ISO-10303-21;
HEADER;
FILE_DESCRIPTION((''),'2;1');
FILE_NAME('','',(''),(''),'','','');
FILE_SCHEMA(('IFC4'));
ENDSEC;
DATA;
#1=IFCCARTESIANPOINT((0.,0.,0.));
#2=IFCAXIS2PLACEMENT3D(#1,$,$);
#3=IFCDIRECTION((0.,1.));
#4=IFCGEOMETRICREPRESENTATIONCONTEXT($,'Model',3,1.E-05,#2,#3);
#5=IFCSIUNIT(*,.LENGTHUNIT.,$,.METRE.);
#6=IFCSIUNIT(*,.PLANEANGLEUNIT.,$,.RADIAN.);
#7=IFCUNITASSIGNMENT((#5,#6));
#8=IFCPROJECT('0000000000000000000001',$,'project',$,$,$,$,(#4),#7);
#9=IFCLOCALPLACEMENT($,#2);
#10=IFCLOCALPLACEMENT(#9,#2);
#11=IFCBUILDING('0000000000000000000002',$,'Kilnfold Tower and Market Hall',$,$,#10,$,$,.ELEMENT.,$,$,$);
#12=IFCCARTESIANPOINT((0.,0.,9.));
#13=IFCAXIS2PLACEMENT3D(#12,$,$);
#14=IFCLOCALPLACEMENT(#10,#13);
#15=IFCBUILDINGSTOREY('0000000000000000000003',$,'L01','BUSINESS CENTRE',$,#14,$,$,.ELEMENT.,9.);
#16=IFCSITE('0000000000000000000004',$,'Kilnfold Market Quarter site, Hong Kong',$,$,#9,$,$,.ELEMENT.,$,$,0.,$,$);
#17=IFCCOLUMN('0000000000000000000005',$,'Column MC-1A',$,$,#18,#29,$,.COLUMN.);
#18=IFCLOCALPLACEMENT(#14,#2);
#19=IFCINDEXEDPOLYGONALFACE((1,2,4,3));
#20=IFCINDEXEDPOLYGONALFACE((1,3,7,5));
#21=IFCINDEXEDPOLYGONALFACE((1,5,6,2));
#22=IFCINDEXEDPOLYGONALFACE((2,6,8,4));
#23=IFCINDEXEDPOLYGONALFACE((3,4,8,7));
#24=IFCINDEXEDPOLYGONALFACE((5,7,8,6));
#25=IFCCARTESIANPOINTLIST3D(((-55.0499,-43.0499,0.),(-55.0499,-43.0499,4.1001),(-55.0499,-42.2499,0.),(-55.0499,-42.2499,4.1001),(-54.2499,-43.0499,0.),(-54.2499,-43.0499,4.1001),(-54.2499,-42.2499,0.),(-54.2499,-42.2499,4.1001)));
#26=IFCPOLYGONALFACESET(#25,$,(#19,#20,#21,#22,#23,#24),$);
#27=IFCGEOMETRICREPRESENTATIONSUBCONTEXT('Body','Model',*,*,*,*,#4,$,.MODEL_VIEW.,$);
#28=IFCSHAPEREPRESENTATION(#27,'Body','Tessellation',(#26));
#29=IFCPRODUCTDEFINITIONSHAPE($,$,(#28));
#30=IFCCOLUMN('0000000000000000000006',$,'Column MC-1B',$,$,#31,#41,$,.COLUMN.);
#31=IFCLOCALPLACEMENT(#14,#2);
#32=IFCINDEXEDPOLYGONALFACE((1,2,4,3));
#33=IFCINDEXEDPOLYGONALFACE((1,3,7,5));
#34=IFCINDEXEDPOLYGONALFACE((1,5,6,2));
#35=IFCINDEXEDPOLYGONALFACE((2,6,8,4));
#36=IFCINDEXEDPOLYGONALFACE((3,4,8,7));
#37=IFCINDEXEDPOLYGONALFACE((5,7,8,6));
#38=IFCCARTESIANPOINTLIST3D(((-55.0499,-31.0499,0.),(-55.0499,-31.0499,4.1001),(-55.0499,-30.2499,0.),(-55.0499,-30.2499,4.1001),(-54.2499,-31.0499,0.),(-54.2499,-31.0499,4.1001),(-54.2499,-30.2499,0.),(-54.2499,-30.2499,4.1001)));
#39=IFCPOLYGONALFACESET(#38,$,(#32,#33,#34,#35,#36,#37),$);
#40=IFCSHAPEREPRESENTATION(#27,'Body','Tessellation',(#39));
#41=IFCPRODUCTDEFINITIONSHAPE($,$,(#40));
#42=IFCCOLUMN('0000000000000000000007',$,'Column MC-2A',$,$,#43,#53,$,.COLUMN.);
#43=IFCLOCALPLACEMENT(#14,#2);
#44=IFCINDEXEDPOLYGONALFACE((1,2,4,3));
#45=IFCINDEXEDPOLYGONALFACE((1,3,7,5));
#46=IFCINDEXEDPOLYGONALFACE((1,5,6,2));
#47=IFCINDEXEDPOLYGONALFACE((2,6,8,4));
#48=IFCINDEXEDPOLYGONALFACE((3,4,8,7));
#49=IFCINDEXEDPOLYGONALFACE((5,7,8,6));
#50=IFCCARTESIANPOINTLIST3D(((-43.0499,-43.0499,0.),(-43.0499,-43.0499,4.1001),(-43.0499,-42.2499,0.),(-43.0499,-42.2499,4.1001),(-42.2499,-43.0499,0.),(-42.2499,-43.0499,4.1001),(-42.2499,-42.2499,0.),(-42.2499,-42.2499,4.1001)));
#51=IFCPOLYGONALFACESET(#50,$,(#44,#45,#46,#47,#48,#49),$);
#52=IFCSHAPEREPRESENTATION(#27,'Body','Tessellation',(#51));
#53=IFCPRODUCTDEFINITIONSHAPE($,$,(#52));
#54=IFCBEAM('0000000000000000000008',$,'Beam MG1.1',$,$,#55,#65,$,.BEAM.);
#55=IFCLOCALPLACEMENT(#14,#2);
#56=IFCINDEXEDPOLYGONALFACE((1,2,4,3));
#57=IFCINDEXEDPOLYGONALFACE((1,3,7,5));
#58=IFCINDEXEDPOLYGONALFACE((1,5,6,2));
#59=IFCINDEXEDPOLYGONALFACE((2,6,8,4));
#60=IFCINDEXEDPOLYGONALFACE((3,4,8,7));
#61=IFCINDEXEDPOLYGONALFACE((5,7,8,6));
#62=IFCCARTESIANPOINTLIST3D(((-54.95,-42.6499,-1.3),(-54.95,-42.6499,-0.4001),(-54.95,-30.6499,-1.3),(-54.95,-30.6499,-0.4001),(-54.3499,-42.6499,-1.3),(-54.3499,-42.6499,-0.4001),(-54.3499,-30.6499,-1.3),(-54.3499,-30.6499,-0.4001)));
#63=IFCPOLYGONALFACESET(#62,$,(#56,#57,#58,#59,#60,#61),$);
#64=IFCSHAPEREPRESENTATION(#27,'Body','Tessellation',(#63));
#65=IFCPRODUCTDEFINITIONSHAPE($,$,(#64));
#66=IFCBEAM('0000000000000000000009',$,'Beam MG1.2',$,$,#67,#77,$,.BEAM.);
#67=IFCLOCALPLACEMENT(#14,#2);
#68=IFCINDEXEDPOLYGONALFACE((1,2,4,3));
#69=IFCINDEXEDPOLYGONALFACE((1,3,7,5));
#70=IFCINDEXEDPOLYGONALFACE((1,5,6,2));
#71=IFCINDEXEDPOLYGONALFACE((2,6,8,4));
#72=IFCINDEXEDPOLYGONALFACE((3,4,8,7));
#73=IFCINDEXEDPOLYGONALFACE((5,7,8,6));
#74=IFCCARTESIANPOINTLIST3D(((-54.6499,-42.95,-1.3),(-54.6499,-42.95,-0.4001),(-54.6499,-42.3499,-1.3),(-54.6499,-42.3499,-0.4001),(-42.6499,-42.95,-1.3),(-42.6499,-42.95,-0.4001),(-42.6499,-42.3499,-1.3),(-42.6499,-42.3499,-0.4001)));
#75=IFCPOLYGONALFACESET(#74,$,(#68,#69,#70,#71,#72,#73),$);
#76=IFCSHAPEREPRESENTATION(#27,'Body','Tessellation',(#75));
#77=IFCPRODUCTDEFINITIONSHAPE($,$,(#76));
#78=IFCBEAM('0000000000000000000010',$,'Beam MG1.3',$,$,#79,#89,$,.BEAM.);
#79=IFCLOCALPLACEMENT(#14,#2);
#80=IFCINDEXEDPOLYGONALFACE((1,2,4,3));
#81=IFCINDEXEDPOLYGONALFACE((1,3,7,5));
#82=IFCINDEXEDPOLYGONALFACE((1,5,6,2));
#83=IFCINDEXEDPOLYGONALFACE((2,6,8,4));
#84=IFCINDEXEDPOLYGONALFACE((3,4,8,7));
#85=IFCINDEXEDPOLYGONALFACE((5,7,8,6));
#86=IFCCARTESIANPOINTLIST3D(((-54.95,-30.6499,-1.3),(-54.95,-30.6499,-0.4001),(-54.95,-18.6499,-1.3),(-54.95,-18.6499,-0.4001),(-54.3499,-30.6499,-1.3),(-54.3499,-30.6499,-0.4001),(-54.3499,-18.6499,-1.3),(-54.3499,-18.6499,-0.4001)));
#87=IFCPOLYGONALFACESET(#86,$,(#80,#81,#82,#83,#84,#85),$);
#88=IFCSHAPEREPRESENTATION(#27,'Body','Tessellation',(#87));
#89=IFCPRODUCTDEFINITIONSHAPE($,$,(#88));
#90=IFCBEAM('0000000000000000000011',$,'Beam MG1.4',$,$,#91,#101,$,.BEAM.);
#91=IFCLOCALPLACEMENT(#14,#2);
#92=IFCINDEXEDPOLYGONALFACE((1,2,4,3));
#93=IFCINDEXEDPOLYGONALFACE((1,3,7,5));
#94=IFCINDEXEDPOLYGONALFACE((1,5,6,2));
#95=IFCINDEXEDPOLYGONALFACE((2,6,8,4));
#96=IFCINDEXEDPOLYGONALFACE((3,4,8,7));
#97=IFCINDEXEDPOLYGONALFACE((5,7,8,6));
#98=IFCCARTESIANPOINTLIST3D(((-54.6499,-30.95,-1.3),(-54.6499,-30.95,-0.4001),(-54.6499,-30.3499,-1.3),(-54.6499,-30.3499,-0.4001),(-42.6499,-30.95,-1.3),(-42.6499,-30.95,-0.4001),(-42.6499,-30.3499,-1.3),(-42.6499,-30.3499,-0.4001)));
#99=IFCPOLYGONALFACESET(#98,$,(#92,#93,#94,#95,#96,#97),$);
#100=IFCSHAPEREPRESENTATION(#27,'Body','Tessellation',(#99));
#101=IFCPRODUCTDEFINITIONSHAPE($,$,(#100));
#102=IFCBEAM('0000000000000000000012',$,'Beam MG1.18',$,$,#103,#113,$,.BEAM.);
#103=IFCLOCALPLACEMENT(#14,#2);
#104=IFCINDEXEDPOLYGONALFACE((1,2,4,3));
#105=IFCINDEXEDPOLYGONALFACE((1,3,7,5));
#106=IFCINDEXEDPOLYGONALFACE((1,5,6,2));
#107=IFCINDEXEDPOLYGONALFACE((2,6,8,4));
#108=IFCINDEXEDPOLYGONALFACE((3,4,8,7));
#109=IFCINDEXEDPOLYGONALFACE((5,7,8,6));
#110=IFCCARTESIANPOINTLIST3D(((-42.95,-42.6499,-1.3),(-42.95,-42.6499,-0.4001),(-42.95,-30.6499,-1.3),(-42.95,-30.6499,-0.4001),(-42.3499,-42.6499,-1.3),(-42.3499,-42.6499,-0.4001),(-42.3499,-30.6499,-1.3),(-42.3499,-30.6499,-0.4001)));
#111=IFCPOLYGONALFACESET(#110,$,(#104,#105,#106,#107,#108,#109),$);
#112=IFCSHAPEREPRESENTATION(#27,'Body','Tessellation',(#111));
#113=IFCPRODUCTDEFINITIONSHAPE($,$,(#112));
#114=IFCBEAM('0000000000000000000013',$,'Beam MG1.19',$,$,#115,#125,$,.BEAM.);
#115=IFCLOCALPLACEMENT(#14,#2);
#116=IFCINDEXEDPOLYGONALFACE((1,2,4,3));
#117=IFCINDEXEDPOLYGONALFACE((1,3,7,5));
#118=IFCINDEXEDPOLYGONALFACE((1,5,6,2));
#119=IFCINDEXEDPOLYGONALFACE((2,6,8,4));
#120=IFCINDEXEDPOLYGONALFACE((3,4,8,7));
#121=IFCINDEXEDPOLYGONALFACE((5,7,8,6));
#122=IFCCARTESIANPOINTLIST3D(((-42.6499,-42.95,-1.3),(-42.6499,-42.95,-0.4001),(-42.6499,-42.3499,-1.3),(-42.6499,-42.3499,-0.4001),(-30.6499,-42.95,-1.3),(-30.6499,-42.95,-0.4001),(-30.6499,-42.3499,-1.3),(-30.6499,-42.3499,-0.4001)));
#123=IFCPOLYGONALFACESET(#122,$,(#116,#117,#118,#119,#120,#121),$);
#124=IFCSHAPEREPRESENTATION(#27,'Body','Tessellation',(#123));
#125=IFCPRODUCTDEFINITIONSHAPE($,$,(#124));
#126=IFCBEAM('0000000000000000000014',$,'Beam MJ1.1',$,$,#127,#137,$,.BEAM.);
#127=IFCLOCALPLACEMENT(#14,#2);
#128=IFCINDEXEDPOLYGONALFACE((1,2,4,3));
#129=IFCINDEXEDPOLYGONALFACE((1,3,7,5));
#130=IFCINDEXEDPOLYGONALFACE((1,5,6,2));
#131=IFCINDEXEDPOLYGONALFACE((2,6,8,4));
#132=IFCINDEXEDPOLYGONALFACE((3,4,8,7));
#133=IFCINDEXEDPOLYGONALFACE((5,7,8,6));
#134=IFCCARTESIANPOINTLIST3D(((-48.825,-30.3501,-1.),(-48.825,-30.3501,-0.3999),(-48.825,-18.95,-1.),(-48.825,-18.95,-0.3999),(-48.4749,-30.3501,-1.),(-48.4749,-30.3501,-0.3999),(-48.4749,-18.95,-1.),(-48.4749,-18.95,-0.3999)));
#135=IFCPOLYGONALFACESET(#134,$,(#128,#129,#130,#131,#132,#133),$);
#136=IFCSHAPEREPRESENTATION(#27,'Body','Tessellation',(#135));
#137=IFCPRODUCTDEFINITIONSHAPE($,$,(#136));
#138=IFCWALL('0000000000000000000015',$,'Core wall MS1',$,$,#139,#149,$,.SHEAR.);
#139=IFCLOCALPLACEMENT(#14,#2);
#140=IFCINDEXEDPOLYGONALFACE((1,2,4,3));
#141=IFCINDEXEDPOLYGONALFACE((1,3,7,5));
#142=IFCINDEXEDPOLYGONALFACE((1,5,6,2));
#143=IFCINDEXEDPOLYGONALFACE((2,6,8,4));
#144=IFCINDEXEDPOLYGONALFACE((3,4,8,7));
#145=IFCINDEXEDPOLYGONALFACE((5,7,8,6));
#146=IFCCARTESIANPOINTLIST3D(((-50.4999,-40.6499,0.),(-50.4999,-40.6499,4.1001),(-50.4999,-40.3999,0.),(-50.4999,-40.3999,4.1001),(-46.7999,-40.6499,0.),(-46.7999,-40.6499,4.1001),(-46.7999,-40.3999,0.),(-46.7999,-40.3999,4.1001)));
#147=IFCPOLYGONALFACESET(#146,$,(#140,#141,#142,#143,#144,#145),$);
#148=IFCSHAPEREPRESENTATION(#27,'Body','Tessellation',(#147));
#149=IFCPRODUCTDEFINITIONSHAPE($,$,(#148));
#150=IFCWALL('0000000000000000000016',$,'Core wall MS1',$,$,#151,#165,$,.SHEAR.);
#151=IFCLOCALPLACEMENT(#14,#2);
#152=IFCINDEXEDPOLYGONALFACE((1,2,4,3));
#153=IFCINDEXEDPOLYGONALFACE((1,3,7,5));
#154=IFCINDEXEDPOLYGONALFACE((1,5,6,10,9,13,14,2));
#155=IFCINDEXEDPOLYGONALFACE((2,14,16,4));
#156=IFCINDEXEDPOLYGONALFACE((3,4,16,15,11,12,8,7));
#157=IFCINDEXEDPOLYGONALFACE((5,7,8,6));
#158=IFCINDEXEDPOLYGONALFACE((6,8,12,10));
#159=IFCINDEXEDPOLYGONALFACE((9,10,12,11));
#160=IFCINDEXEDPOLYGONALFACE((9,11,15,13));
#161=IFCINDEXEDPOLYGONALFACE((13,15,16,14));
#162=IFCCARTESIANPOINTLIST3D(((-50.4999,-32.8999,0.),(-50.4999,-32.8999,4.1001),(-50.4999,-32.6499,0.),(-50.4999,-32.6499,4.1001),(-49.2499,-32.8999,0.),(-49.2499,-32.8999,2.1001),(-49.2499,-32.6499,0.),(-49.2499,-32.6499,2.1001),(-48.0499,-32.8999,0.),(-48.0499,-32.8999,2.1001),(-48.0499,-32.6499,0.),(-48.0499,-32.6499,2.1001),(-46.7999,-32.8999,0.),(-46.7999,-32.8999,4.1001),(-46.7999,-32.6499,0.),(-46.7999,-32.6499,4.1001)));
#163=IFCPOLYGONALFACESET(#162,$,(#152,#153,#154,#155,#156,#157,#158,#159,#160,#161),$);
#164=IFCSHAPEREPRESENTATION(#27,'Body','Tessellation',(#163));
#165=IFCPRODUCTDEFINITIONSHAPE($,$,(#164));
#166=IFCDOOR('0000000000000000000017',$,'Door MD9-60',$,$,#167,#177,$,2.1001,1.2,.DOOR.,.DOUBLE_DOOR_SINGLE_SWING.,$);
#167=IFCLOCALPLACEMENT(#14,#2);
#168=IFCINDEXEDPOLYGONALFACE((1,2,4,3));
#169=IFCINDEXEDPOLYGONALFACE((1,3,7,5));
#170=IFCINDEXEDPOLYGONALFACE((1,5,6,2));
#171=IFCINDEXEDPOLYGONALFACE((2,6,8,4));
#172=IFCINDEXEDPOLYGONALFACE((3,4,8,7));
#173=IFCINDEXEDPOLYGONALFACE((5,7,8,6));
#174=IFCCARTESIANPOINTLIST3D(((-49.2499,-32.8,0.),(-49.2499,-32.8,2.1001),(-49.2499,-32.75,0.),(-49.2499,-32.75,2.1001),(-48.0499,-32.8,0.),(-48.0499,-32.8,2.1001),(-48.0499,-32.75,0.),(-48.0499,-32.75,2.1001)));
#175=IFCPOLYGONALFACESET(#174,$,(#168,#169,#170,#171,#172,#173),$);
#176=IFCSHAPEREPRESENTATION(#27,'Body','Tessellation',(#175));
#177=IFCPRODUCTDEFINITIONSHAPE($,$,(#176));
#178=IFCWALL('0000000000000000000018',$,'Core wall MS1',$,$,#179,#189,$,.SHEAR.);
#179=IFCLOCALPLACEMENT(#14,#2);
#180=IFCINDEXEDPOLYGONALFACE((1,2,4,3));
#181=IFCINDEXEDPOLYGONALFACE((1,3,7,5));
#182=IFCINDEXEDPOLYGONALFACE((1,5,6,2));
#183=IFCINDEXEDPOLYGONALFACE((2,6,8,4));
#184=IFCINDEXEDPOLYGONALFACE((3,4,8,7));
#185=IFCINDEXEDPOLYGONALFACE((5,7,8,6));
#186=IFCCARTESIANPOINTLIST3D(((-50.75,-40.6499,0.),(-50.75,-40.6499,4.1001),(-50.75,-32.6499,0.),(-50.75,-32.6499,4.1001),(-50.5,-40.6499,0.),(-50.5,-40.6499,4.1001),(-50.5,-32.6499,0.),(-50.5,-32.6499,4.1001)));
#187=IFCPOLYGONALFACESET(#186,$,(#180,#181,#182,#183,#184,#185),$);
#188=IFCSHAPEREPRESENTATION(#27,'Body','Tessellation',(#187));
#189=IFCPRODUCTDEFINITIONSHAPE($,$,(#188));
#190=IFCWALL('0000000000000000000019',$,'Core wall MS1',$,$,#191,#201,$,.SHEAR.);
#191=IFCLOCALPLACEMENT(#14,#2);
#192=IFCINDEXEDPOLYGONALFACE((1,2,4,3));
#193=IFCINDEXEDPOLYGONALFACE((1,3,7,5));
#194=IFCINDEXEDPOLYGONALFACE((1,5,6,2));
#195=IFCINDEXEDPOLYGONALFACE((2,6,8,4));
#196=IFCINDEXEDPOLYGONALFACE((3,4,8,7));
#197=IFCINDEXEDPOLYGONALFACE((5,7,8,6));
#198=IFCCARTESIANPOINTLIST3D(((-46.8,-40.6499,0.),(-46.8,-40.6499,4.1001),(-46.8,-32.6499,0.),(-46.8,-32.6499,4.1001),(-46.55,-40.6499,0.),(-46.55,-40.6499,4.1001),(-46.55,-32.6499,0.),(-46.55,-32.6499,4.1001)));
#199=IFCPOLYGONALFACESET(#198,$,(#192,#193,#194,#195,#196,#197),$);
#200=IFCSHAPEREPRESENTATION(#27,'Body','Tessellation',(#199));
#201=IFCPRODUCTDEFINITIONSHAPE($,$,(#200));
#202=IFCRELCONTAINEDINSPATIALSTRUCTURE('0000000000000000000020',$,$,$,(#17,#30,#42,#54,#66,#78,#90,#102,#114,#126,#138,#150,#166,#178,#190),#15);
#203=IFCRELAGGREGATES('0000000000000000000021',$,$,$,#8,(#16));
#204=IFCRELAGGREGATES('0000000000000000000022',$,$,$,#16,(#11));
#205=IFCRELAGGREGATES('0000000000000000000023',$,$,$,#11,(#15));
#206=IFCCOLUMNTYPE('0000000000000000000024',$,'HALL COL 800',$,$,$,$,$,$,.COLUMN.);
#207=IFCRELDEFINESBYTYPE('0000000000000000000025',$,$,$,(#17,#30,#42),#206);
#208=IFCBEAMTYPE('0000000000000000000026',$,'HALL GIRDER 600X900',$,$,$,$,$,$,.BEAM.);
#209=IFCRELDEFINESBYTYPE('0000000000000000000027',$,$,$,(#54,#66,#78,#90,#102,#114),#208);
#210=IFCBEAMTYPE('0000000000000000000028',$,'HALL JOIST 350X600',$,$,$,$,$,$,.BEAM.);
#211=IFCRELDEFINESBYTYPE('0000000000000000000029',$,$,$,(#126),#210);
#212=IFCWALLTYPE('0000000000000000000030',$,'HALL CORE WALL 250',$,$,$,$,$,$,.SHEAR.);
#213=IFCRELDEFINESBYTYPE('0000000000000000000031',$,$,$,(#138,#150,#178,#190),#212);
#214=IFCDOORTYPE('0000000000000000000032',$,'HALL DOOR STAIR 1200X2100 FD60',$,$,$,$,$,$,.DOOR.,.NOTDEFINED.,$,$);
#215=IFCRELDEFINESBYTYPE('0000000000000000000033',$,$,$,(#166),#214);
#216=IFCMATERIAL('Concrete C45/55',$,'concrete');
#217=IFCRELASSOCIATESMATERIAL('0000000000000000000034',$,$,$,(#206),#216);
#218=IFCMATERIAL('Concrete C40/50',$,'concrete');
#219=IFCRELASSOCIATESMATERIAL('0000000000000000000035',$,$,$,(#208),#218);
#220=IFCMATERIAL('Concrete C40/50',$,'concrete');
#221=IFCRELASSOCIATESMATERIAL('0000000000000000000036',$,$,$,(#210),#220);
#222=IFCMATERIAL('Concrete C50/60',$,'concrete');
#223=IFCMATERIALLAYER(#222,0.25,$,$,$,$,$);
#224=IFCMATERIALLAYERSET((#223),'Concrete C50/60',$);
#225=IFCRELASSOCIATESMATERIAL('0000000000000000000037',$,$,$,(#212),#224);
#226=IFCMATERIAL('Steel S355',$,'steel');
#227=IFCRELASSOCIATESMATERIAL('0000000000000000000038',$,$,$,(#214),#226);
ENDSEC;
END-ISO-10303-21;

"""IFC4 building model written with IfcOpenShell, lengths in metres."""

from ifc_helpers import new_model, si_unit, direction, frame, frame_2d, origin, origin_2d, place, context, subcontext, project, spatial, rectangle, extrude, source, transform, mapped, material, layer, layer_set, material_profile, profile_set, type_object, element, fill, save


model = new_model("IFC4")

# Units and contexts
model_context = context("Model", 3, precision=1e-05, world=origin(), true_north=direction((0.0, 1.0)))
body_context = subcontext(model_context, "Body", "Model", "MODEL_VIEW")
ifc_project = project(units=[si_unit("LENGTHUNIT", "METRE"), si_unit("PLANEANGLEUNIT", "RADIAN")], contexts=[model_context])

# Site, building, storey
site_placement = place(None, origin())
site = spatial("IfcSite", under=ifc_project, at=site_placement, Name="Kilnfold Market Quarter site, Hong Kong", CompositionType="ELEMENT", RefElevation=0.0)
building_placement = place(site_placement, origin())
building = spatial("IfcBuilding", under=site, at=building_placement, Name="Kilnfold Tower and Market Hall", CompositionType="ELEMENT")
storey_placement = place(building_placement, frame((0.0, 0.0, 9.0)))
storey = spatial("IfcBuildingStorey", under=building, at=storey_placement, Name="L01", Description="BUSINESS CENTRE", CompositionType="ELEMENT", Elevation=9.0)

# Columns
ifc_material_1 = material(Name="Concrete C45/55", Category="concrete")
ifc_material_profile_1 = material_profile(ifc_material_1, rectangle(XDim=0.8, YDim=0.8, at=origin_2d()), Name="RC 800x800")
ifc_profile_set_1 = profile_set([ifc_material_profile_1], Name="Concrete C45/55")
column_type = type_object("IfcColumnType", Name="HALL COL 800", PredefinedType="COLUMN", material=ifc_profile_set_1)
shared_shape_1 = source(origin(), body_context, "Body", "SweptSolid", [
    extrude(rectangle(XDim=0.8, YDim=0.8, at=origin_2d()), origin(), (0.0, 0.0, 1.0), 4.1001),
])
for number, where, z_axis, x_axis, name in (
    (1, (-54.6499, -42.6499, 0.0), (0.0, 0.0, 1.0), (1.0, 0.0, 0.0), "Column MC-1A"),
    (2, (-54.6499, -30.6499, 0.0), (0.0, 0.0, 1.0), (1.0, 0.0, 0.0), "Column MC-1B"),
    (3, (-42.6499, -42.6499, 0.0), (0.0, 0.0, 1.0), (1.0, 0.0, 0.0), "Column MC-2A"),
):
    element("IfcColumn", number, at=place(storey_placement, frame(where, z_axis=z_axis, x_axis=x_axis)), inside=storey, type_object=column_type, Name=name, PredefinedType="COLUMN", context=body_context, shape_type="MappedRepresentation", body=[
        mapped(shared_shape_1, transform((0.0, 0.0, 0.0))),
    ])

# Beams
ifc_material_2 = material(Name="Concrete C40/50", Category="concrete")
ifc_material_profile_2 = material_profile(ifc_material_2, rectangle(XDim=0.6001, YDim=0.8999, at=origin_2d()), Name="RC 600x900")
ifc_profile_set_2 = profile_set([ifc_material_profile_2], Name="Concrete C40/50")
beam_type_1 = type_object("IfcBeamType", Name="HALL GIRDER 600X900", PredefinedType="BEAM", material=ifc_profile_set_2)
for number, where, z_axis, x_axis, name in (
    (4, (-54.6499, -42.6499, -0.8501), (0.0, 1.0, 0.0), (-1.0, 0.0, 0.0), "Beam MG1.1"),
    (5, (-54.6499, -42.6499, -0.8501), (1.0, 0.0, 0.0), (0.0, 1.0, 0.0), "Beam MG1.2"),
    (6, (-54.6499, -30.6499, -0.8501), (0.0, 1.0, 0.0), (-1.0, 0.0, 0.0), "Beam MG1.3"),
    (7, (-54.6499, -30.6499, -0.8501), (1.0, 0.0, 0.0), (0.0, 1.0, 0.0), "Beam MG1.4"),
    (8, (-42.6499, -42.6499, -0.8501), (0.0, 1.0, 0.0), (-1.0, 0.0, 0.0), "Beam MG1.18"),
    (9, (-42.6499, -42.6499, -0.8501), (1.0, 0.0, 0.0), (0.0, 1.0, 0.0), "Beam MG1.19"),
):
    element("IfcBeam", number, at=place(storey_placement, frame(where, z_axis=z_axis, x_axis=x_axis)), inside=storey, type_object=beam_type_1, Name=name, PredefinedType="BEAM", context=body_context, shape_type="SweptSolid", body=[
        extrude(rectangle(XDim=0.6001, YDim=0.8999, at=origin_2d()), origin(), (0.0, 0.0, 1.0), 12.0),
    ])
ifc_material_3 = material(Name="Concrete C40/50", Category="concrete")
ifc_material_profile_3 = material_profile(ifc_material_3, rectangle(XDim=0.3501, YDim=0.6001, at=origin_2d()), Name="RC 350x600")
ifc_profile_set_3 = profile_set([ifc_material_profile_3], Name="Concrete C40/50")
beam_type_2 = type_object("IfcBeamType", Name="HALL JOIST 350X600", PredefinedType="BEAM", material=ifc_profile_set_3)
beam_placement = place(storey_placement, frame((-48.6499, -30.3501, -0.7), z_axis=(0.0, 1.0, 0.0), x_axis=(-1.0, 0.0, 0.0)))
element("IfcBeam", 10, at=beam_placement, inside=storey, type_object=beam_type_2, Name="Beam MJ1.1", PredefinedType="BEAM", context=body_context, shape_type="SweptSolid", body=[
    extrude(rectangle(XDim=0.3501, YDim=0.6001, at=origin_2d()), origin(), (0.0, 0.0, 1.0), 11.4001),
])

# Wall
ifc_material_4 = material(Name="Concrete C50/60", Category="concrete")
ifc_layer_1 = layer(ifc_material_4, 0.25)
ifc_layer_set_1 = layer_set([ifc_layer_1], Name="Concrete C50/60")
wall_type_1 = type_object("IfcWallType", Name="HALL CORE WALL 250", PredefinedType="SHEAR", material=ifc_layer_set_1)
shared_shape_2 = source(origin(), body_context, "Body", "SweptSolid", [
    extrude(rectangle(XDim=3.7, YDim=0.25, at=frame_2d((1.8501, 0.0))), origin(), (0.0, 0.0, 1.0), 4.1001),
])
wall_1_placement = place(storey_placement, frame((-50.5, -40.5249, 0.0), z_axis=(0.0, 0.0, 1.0), x_axis=(1.0, 0.0, 0.0)))
element("IfcWall", 11, at=wall_1_placement, inside=storey, type_object=wall_type_1, Name="Core wall MS1", PredefinedType="SHEAR", context=body_context, shape_type="MappedRepresentation", body=[
    mapped(shared_shape_2, transform((0.0, 0.0, 0.0))),
])

# Wall, opening, door
wall_2_placement = place(storey_placement, frame((-50.5, -32.7749, 0.0), z_axis=(0.0, 0.0, 1.0), x_axis=(1.0, 0.0, 0.0)))
wall_2 = element("IfcWall", 12, at=wall_2_placement, inside=storey, type_object=wall_type_1, Name="Core wall MS1", PredefinedType="SHEAR", context=body_context, shape_type="MappedRepresentation", body=[
    mapped(shared_shape_2, transform((0.0, 0.0, 0.0))),
])
opening_1_placement = place(wall_2_placement, frame((1.25, 0.0, 0.0)))
opening_1 = element("IfcOpeningElement", 13, at=opening_1_placement, cuts=wall_2, PredefinedType="OPENING", context=body_context, shape_type="SweptSolid", body=[
    extrude(rectangle(XDim=1.2, YDim=2.1001, at=frame_2d((0.6001, 1.05))), frame((0.0, 0.135, 0.0), z_axis=(0.0, -1.0, 0.0), x_axis=(1.0, 0.0, 0.0)), (0.0, 0.0, 1.0), 0.27),
])
ifc_material_5 = material(Name="Steel S355", Category="steel")
door_type_1 = type_object("IfcDoorType", Name="HALL DOOR STAIR 1200X2100 FD60", OperationType="NOTDEFINED", PredefinedType="DOOR", material=ifc_material_5)
door_1_placement = place(opening_1_placement, origin())
door_1 = element("IfcDoor", 14, at=door_1_placement, inside=storey, type_object=door_type_1, Name="Door MD9-60", OperationType="DOUBLE_DOOR_SINGLE_SWING", OverallHeight=2.1001, OverallWidth=1.2, PredefinedType="DOOR", context=body_context, shape_type="SweptSolid", body=[
    extrude(rectangle(XDim=1.2, YDim=2.1001, at=frame_2d((0.6001, 1.05))), frame((0.0, 0.0249, 0.0), z_axis=(0.0, -1.0, 0.0), x_axis=(1.0, 0.0, 0.0)), (0.0, 0.0, 1.0), 0.05),
])
fill(opening_1, door_1)

# Walls
shared_shape_3 = source(origin(), body_context, "Body", "SweptSolid", [
    extrude(rectangle(XDim=8.0, YDim=0.25, at=frame_2d((4.0, 0.0))), origin(), (0.0, 0.0, 1.0), 4.1001),
])
for number, where, z_axis, x_axis, name in (
    (15, (-50.625, -40.6499, 0.0), (0.0, 0.0, 1.0), (0.0, 1.0, 0.0), "Core wall MS1"),
    (16, (-46.675, -40.6499, 0.0), (0.0, 0.0, 1.0), (0.0, 1.0, 0.0), "Core wall MS1"),
):
    element("IfcWall", number, at=place(storey_placement, frame(where, z_axis=z_axis, x_axis=x_axis)), inside=storey, type_object=wall_type_1, Name=name, PredefinedType="SHEAR", context=body_context, shape_type="MappedRepresentation", body=[
        mapped(shared_shape_3, transform((0.0, 0.0, 0.0))),
    ])

save(model, "model.ifc")
